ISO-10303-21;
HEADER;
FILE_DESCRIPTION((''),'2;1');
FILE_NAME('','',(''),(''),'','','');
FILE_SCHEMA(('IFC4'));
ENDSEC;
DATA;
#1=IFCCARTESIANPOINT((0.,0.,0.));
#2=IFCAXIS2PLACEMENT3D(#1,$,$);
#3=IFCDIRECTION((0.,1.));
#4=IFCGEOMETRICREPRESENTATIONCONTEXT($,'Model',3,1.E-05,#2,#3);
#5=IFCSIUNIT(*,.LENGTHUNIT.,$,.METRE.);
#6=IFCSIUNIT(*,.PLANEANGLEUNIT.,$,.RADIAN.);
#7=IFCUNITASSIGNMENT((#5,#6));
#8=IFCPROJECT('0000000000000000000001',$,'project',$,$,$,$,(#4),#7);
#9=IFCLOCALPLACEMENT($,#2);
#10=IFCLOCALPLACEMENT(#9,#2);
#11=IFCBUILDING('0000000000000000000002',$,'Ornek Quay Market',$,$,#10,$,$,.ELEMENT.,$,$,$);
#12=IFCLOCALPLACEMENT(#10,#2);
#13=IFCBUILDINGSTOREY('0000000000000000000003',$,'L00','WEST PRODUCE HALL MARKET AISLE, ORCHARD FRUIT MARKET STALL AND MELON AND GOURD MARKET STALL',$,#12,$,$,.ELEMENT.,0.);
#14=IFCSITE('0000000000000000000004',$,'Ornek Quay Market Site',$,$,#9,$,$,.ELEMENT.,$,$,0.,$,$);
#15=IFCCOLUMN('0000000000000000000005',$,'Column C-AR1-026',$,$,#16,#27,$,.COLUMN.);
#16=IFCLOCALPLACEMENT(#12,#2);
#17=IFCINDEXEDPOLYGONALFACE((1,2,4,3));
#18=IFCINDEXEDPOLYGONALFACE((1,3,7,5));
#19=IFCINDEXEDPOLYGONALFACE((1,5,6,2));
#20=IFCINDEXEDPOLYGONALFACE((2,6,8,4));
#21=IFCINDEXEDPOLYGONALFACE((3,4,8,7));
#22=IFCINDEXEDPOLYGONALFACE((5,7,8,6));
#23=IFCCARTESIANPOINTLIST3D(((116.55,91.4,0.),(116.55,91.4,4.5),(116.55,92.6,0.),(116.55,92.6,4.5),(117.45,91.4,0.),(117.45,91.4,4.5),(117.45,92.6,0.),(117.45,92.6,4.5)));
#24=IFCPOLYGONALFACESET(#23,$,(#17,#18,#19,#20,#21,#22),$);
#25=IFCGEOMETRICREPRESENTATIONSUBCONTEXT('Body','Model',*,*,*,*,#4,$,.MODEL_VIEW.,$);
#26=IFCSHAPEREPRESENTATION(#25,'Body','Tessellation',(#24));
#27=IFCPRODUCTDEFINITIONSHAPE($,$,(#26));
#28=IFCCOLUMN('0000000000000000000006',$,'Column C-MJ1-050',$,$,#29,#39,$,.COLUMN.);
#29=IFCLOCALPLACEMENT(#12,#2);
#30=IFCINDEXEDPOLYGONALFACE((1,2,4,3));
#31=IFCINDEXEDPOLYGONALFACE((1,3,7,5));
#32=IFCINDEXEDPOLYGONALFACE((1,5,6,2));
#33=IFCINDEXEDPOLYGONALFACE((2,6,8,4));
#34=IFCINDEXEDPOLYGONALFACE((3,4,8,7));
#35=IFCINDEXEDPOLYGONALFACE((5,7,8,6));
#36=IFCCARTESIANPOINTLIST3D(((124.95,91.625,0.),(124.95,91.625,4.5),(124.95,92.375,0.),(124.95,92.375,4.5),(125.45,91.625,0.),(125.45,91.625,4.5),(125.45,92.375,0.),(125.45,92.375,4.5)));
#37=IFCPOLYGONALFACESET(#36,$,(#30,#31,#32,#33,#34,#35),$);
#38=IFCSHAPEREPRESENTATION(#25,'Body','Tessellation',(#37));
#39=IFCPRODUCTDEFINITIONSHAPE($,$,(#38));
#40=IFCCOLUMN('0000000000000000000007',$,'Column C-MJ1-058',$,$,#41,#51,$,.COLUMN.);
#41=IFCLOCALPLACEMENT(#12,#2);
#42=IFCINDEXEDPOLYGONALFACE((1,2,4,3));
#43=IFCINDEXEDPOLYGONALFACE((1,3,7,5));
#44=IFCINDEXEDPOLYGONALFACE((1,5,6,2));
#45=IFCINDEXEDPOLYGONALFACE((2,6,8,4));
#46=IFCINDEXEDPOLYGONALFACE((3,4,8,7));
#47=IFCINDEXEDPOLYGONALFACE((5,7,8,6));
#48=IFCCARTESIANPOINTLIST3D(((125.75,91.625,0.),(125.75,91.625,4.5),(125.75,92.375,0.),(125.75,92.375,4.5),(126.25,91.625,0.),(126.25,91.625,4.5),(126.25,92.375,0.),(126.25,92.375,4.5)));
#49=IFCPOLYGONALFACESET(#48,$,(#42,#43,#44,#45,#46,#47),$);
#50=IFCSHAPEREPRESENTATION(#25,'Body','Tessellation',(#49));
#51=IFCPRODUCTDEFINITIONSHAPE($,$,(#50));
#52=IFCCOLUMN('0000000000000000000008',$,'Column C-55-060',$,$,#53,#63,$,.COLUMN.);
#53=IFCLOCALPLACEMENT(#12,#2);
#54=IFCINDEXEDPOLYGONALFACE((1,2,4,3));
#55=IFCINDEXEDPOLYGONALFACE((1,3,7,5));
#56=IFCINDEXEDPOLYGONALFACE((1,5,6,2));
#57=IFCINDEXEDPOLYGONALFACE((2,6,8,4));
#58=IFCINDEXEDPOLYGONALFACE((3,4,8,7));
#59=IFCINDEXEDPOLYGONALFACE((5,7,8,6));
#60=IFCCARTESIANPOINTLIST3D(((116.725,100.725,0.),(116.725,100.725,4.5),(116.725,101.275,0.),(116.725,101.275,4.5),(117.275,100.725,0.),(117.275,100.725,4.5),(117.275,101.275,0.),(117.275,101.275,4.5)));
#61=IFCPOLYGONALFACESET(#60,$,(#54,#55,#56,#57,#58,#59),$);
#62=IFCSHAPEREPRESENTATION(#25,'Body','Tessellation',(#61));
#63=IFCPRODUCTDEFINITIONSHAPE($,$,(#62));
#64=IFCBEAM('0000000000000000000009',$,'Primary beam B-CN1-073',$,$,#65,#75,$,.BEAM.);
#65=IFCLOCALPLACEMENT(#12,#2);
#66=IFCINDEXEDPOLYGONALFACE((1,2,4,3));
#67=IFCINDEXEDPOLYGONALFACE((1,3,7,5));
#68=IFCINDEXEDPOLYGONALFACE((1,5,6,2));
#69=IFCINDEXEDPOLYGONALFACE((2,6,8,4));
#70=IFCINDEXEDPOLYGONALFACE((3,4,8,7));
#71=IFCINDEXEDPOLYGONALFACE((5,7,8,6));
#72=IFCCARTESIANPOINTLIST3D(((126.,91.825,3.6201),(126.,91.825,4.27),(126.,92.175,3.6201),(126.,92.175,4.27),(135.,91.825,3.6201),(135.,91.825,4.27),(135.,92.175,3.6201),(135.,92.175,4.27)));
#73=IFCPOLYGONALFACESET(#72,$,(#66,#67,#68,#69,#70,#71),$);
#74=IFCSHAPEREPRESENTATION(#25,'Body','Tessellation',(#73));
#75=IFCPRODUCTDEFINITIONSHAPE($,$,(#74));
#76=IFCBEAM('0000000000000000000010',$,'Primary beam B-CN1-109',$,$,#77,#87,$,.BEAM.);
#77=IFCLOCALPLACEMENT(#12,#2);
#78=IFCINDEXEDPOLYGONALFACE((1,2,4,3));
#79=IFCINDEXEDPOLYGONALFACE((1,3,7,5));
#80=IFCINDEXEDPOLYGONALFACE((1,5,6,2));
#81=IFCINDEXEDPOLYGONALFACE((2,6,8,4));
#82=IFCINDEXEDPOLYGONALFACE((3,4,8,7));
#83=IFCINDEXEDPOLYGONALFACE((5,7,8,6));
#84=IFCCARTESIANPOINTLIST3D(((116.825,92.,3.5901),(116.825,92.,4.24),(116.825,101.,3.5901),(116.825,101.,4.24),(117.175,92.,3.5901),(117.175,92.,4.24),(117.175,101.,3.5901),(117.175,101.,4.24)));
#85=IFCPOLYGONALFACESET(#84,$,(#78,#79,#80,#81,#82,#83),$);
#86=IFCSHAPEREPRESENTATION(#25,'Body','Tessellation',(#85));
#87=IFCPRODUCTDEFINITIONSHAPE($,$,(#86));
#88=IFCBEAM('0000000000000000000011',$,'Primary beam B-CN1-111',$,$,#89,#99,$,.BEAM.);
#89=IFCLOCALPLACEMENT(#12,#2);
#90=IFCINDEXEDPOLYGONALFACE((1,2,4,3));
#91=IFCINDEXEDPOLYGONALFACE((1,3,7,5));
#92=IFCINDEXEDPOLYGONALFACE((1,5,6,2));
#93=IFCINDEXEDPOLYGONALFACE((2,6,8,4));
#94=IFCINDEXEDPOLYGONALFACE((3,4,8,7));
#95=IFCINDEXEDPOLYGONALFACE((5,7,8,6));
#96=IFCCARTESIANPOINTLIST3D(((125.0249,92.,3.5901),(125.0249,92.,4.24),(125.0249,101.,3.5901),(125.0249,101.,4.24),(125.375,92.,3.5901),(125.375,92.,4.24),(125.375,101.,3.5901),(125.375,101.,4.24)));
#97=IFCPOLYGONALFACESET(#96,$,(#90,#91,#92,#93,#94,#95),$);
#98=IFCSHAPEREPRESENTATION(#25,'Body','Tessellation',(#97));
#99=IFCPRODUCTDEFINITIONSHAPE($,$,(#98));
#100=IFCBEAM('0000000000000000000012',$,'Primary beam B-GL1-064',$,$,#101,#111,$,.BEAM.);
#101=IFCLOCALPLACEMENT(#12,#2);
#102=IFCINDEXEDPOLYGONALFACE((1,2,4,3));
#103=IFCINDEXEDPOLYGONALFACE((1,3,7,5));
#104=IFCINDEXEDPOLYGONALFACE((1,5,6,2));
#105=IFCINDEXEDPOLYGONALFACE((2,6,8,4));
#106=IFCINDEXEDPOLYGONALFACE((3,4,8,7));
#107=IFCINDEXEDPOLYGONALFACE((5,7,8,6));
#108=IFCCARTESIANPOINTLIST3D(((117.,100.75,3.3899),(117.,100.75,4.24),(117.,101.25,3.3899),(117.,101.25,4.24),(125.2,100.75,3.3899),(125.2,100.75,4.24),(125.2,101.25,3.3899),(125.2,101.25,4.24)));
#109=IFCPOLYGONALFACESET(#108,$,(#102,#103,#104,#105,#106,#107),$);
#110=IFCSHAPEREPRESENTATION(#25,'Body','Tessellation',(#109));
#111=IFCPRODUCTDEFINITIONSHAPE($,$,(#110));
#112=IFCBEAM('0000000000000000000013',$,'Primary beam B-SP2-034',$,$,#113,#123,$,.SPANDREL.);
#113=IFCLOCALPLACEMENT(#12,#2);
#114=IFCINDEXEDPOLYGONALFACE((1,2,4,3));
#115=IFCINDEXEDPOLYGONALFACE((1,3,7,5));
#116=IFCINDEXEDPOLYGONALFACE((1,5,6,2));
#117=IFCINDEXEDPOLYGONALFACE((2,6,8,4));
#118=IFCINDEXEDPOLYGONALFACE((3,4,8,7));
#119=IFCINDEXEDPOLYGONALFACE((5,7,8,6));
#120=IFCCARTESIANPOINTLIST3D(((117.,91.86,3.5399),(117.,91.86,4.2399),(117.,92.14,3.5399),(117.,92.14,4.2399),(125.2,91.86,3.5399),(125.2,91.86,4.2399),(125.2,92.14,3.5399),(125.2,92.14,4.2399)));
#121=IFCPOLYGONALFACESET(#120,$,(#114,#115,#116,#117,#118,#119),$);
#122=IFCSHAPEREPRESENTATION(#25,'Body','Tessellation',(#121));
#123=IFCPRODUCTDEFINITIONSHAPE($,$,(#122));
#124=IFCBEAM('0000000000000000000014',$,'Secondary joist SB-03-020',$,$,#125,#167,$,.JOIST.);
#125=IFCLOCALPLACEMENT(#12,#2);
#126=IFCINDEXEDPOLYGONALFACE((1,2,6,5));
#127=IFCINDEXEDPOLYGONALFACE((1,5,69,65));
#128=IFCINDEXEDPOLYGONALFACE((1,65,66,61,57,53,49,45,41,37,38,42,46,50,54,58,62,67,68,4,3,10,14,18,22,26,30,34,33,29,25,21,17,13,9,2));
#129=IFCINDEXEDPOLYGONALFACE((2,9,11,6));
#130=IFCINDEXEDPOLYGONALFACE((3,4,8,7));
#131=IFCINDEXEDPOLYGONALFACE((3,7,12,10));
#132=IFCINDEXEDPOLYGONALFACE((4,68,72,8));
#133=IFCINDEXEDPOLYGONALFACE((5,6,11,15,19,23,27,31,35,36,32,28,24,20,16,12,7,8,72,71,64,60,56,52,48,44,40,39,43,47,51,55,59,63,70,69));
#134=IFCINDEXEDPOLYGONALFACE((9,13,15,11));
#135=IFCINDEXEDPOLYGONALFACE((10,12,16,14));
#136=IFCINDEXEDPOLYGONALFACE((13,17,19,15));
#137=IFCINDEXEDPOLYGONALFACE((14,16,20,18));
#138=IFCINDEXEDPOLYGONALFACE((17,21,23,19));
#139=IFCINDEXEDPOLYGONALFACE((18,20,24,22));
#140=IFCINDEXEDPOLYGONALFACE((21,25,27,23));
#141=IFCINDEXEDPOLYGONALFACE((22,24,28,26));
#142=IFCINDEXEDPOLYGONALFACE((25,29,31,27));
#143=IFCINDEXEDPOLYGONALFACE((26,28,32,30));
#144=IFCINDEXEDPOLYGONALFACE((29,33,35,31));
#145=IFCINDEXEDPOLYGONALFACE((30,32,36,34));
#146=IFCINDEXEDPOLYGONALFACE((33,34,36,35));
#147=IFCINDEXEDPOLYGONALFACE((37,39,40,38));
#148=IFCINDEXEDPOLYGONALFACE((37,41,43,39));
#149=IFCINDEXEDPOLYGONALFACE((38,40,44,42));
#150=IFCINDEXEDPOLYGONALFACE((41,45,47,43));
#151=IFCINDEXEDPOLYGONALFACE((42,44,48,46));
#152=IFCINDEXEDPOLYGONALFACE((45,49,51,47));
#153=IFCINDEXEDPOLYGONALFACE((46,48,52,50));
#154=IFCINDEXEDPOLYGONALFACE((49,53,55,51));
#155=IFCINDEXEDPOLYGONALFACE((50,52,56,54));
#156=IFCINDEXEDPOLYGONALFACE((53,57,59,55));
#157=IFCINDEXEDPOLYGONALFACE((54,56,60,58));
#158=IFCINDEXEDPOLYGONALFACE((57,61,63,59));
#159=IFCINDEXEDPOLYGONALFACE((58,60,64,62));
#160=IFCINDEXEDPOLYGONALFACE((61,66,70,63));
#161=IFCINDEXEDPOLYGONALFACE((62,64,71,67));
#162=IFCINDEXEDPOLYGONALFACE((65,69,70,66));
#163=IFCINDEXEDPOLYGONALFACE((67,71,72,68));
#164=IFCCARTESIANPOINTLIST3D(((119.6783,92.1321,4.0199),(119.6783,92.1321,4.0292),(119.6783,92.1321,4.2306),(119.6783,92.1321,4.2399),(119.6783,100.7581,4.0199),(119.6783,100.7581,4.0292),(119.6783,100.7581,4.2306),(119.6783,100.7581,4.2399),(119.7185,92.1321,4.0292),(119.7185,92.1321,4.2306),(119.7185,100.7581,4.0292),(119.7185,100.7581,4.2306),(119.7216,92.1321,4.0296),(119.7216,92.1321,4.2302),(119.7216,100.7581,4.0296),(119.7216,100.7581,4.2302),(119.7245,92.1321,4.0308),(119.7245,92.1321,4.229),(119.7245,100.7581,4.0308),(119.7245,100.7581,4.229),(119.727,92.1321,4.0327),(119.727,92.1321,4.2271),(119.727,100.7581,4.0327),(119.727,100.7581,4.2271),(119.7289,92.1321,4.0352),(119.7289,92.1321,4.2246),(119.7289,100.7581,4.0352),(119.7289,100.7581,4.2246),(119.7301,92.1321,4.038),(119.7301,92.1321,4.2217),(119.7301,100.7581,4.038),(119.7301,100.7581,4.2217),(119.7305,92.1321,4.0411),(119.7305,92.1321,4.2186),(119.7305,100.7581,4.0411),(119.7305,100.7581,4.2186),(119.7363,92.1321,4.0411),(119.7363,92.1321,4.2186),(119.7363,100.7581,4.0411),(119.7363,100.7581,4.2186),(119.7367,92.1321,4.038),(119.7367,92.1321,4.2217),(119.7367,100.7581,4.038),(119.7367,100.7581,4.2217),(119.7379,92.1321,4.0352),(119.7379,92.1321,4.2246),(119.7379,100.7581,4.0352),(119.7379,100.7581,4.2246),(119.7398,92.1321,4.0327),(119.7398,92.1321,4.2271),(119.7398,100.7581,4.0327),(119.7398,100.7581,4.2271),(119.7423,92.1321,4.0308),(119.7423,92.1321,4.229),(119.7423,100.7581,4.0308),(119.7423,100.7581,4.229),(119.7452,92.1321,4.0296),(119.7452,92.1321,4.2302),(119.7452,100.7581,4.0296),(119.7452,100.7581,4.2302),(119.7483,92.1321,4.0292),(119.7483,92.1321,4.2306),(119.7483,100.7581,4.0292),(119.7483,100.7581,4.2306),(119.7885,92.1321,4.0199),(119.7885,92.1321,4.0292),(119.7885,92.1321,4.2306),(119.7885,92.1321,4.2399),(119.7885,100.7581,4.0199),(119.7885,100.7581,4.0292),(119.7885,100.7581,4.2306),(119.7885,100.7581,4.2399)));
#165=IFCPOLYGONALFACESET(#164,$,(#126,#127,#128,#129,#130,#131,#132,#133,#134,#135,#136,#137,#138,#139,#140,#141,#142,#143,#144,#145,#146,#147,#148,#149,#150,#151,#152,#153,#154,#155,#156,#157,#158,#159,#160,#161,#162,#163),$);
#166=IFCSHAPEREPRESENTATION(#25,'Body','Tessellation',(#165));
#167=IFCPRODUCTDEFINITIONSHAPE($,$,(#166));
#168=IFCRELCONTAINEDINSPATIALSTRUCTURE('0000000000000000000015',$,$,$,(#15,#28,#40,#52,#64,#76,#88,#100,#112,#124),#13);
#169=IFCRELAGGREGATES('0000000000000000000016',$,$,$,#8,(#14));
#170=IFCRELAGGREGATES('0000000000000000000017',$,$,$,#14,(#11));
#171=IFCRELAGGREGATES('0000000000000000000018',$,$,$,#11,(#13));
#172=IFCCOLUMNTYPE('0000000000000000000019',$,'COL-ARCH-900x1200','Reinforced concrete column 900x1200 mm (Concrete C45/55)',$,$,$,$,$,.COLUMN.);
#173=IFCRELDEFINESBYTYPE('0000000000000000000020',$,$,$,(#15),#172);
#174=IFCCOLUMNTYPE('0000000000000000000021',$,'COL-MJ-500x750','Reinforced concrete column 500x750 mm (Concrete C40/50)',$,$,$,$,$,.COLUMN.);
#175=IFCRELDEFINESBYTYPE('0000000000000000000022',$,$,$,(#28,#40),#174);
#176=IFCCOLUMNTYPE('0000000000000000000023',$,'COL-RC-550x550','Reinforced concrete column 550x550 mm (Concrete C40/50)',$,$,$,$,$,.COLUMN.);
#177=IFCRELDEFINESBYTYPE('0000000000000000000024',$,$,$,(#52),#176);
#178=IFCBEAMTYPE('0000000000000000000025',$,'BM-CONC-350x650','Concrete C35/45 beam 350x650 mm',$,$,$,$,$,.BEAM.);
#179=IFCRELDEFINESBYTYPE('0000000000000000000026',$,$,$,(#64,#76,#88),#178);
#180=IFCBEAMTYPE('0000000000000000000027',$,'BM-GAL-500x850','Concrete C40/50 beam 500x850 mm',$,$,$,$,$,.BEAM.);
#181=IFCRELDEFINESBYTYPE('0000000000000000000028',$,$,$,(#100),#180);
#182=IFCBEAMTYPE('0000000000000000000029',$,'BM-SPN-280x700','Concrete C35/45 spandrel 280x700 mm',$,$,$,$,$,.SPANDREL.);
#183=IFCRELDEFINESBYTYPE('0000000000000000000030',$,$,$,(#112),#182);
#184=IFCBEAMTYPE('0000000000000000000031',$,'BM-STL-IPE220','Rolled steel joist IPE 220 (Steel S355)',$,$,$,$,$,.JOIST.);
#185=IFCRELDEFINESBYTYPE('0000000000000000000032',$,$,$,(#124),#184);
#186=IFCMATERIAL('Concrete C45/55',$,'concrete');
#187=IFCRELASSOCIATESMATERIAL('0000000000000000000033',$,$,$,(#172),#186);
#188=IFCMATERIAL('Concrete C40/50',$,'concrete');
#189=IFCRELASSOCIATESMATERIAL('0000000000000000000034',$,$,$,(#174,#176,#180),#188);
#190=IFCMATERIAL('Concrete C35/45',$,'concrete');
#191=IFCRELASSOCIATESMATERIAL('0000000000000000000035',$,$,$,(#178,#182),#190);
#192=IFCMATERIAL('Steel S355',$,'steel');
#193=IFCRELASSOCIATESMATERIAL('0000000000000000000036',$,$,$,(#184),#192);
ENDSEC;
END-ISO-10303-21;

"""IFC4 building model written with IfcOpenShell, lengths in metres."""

from ifc_helpers import new_model, si_unit, direction, frame, origin, origin_2d, place, context, subcontext, project, spatial, rectangle, i_section, extrude, material, material_profile, profile_set, type_object, element, save


model = new_model("IFC4")

# Units and contexts
model_context = context("Model", 3, precision=1e-05, world=origin(), true_north=direction((0.0, 1.0)))
body_context = subcontext(model_context, "Body", "Model", "MODEL_VIEW")
ifc_project = project(units=[si_unit("LENGTHUNIT", "METRE"), si_unit("PLANEANGLEUNIT", "RADIAN")], contexts=[model_context])

# Site, building, storey
site_placement = place(None, origin())
site = spatial("IfcSite", under=ifc_project, at=site_placement, Name="Ornek Quay Market Site", CompositionType="ELEMENT", RefElevation=0.0)
building_placement = place(site_placement, origin())
building = spatial("IfcBuilding", under=site, at=building_placement, Name="Ornek Quay Market", CompositionType="ELEMENT")
storey_placement = place(building_placement, origin())
storey = spatial("IfcBuildingStorey", under=building, at=storey_placement, Name="L00", Description="WEST PRODUCE HALL MARKET AISLE, ORCHARD FRUIT MARKET STALL AND MELON AND GOURD MARKET STALL", CompositionType="ELEMENT", Elevation=0.0)

# Columns
ifc_material_1 = material(Name="Concrete C45/55", Category="concrete")
ifc_material_profile_1 = material_profile(ifc_material_1, rectangle(XDim=0.8999, YDim=1.2, at=origin_2d()), Name="RC 900x1200", Category="concrete")
ifc_profile_set_1 = profile_set([ifc_material_profile_1], Name="Concrete C45/55")
column_type_1 = type_object("IfcColumnType", Name="COL-ARCH-900x1200", Description="Reinforced concrete column 900x1200 mm (Concrete C45/55)", PredefinedType="COLUMN", material=ifc_profile_set_1)
column_1_placement = place(storey_placement, frame((117.0, 92.0, 0.0), z_axis=(0.0, 0.0, 1.0), x_axis=(1.0, 0.0, 0.0)))
element("IfcColumn", 1, at=column_1_placement, inside=storey, type_object=column_type_1, Name="Column C-AR1-026", PredefinedType="COLUMN", context=body_context, shape_type="SweptSolid", body=[
    extrude(rectangle(XDim=0.8999, YDim=1.2, at=origin_2d()), origin(), (0.0, 0.0, 1.0), 4.5),
])
ifc_material_2 = material(Name="Concrete C40/50", Category="concrete")
ifc_material_profile_2 = material_profile(ifc_material_2, rectangle(XDim=0.5, YDim=0.75, at=origin_2d()), Name="RC 500x750", Category="concrete")
ifc_profile_set_2 = profile_set([ifc_material_profile_2], Name="Concrete C40/50")
column_type_2 = type_object("IfcColumnType", Name="COL-MJ-500x750", Description="Reinforced concrete column 500x750 mm (Concrete C40/50)", PredefinedType="COLUMN", material=ifc_profile_set_2)
for number, where, z_axis, x_axis, name in (
    (2, (125.2, 92.0, 0.0), (0.0, 0.0, 1.0), (1.0, 0.0, 0.0), "Column C-MJ1-050"),
    (3, (126.0, 92.0, 0.0), (0.0, 0.0, 1.0), (1.0, 0.0, 0.0), "Column C-MJ1-058"),
):
    element("IfcColumn", number, at=place(storey_placement, frame(where, z_axis=z_axis, x_axis=x_axis)), inside=storey, type_object=column_type_2, Name=name, PredefinedType="COLUMN", context=body_context, shape_type="SweptSolid", body=[
        extrude(rectangle(XDim=0.5, YDim=0.75, at=origin_2d()), origin(), (0.0, 0.0, 1.0), 4.5),
    ])
ifc_material_profile_3 = material_profile(ifc_material_2, rectangle(XDim=0.55, YDim=0.55, at=origin_2d()), Name="RC 550x550", Category="concrete")
ifc_profile_set_3 = profile_set([ifc_material_profile_3], Name="Concrete C40/50")
column_type_3 = type_object("IfcColumnType", Name="COL-RC-550x550", Description="Reinforced concrete column 550x550 mm (Concrete C40/50)", PredefinedType="COLUMN", material=ifc_profile_set_3)
column_2_placement = place(storey_placement, frame((117.0, 101.0, 0.0), z_axis=(0.0, 0.0, 1.0), x_axis=(1.0, 0.0, 0.0)))
element("IfcColumn", 4, at=column_2_placement, inside=storey, type_object=column_type_3, Name="Column C-55-060", PredefinedType="COLUMN", context=body_context, shape_type="SweptSolid", body=[
    extrude(rectangle(XDim=0.55, YDim=0.55, at=origin_2d()), origin(), (0.0, 0.0, 1.0), 4.5),
])

# Beams
ifc_material_3 = material(Name="Concrete C35/45", Category="concrete")
ifc_material_profile_4 = material_profile(ifc_material_3, rectangle(XDim=0.3501, YDim=0.6499, at=origin_2d()), Name="RC 350x650", Category="concrete")
ifc_profile_set_4 = profile_set([ifc_material_profile_4], Name="Concrete C35/45")
beam_type_1 = type_object("IfcBeamType", Name="BM-CONC-350x650", Description="Concrete C35/45 beam 350x650 mm", PredefinedType="BEAM", material=ifc_profile_set_4)
for number, where, z_axis, x_axis, name in (
    (5, (126.0, 92.0, 3.9451), (1.0, 0.0, 0.0), (0.0, 1.0, 0.0), "Primary beam B-CN1-073"),
    (6, (117.0, 92.0, 3.915), (0.0, 1.0, 0.0), (-1.0, 0.0, 0.0), "Primary beam B-CN1-109"),
    (7, (125.2, 92.0, 3.915), (0.0, 1.0, 0.0), (-1.0, 0.0, 0.0), "Primary beam B-CN1-111"),
):
    element("IfcBeam", number, at=place(storey_placement, frame(where, z_axis=z_axis, x_axis=x_axis)), inside=storey, type_object=beam_type_1, Name=name, PredefinedType="BEAM", context=body_context, shape_type="SweptSolid", body=[
        extrude(rectangle(XDim=0.3501, YDim=0.6499, at=origin_2d()), origin(), (0.0, 0.0, 1.0), 9.0),
    ])
ifc_material_profile_5 = material_profile(ifc_material_2, rectangle(XDim=0.5, YDim=0.8501, at=origin_2d()), Name="RC 500x850", Category="concrete")
ifc_profile_set_5 = profile_set([ifc_material_profile_5], Name="Concrete C40/50")
beam_type_2 = type_object("IfcBeamType", Name="BM-GAL-500x850", Description="Concrete C40/50 beam 500x850 mm", PredefinedType="BEAM", material=ifc_profile_set_5)
beam_1_placement = place(storey_placement, frame((117.0, 101.0, 3.8149), z_axis=(1.0, 0.0, 0.0), x_axis=(0.0, 1.0, 0.0)))
element("IfcBeam", 8, at=beam_1_placement, inside=storey, type_object=beam_type_2, Name="Primary beam B-GL1-064", PredefinedType="BEAM", context=body_context, shape_type="SweptSolid", body=[
    extrude(rectangle(XDim=0.5, YDim=0.8501, at=origin_2d()), origin(), (0.0, 0.0, 1.0), 8.2),
])
ifc_material_profile_6 = material_profile(ifc_material_3, rectangle(XDim=0.28, YDim=0.7, at=origin_2d()), Name="RC 280x700", Category="concrete")
ifc_profile_set_6 = profile_set([ifc_material_profile_6], Name="Concrete C35/45")
beam_type_3 = type_object("IfcBeamType", Name="BM-SPN-280x700", Description="Concrete C35/45 spandrel 280x700 mm", PredefinedType="SPANDREL", material=ifc_profile_set_6)
beam_2_placement = place(storey_placement, frame((117.0, 92.0, 3.8899), z_axis=(1.0, 0.0, 0.0), x_axis=(0.0, 1.0, 0.0)))
element("IfcBeam", 9, at=beam_2_placement, inside=storey, type_object=beam_type_3, Name="Primary beam B-SP2-034", PredefinedType="SPANDREL", context=body_context, shape_type="SweptSolid", body=[
    extrude(rectangle(XDim=0.28, YDim=0.7, at=origin_2d()), origin(), (0.0, 0.0, 1.0), 8.2),
])
ifc_material_4 = material(Name="Steel S355", Category="steel")
ifc_material_profile_7 = material_profile(ifc_material_4, i_section(OverallWidth=0.1101, OverallDepth=0.22, WebThickness=0.0059, FlangeThickness=0.0093, FilletRadius=0.012, at=origin_2d()), Name="IPE 220", Category="steel")
ifc_profile_set_7 = profile_set([ifc_material_profile_7], Name="Steel S355")
beam_type_4 = type_object("IfcBeamType", Name="BM-STL-IPE220", Description="Rolled steel joist IPE 220 (Steel S355)", PredefinedType="JOIST", material=ifc_profile_set_7)
for number, where, z_axis, x_axis, name in (
    (10, (119.7334, 92.1321, 4.1299), (0.0, 1.0, 0.0), (-1.0, 0.0, 0.0), "Secondary joist SB-03-020"),
):
    element("IfcBeam", number, at=place(storey_placement, frame(where, z_axis=z_axis, x_axis=x_axis)), inside=storey, type_object=beam_type_4, Name=name, PredefinedType="JOIST", context=body_context, shape_type="SweptSolid", body=[
        extrude(i_section(OverallWidth=0.1101, OverallDepth=0.22, WebThickness=0.0059, FlangeThickness=0.0093, FilletRadius=0.012, at=origin_2d()), origin(), (0.0, 0.0, 1.0), 8.626),
    ])

save(model, "model.ifc")
